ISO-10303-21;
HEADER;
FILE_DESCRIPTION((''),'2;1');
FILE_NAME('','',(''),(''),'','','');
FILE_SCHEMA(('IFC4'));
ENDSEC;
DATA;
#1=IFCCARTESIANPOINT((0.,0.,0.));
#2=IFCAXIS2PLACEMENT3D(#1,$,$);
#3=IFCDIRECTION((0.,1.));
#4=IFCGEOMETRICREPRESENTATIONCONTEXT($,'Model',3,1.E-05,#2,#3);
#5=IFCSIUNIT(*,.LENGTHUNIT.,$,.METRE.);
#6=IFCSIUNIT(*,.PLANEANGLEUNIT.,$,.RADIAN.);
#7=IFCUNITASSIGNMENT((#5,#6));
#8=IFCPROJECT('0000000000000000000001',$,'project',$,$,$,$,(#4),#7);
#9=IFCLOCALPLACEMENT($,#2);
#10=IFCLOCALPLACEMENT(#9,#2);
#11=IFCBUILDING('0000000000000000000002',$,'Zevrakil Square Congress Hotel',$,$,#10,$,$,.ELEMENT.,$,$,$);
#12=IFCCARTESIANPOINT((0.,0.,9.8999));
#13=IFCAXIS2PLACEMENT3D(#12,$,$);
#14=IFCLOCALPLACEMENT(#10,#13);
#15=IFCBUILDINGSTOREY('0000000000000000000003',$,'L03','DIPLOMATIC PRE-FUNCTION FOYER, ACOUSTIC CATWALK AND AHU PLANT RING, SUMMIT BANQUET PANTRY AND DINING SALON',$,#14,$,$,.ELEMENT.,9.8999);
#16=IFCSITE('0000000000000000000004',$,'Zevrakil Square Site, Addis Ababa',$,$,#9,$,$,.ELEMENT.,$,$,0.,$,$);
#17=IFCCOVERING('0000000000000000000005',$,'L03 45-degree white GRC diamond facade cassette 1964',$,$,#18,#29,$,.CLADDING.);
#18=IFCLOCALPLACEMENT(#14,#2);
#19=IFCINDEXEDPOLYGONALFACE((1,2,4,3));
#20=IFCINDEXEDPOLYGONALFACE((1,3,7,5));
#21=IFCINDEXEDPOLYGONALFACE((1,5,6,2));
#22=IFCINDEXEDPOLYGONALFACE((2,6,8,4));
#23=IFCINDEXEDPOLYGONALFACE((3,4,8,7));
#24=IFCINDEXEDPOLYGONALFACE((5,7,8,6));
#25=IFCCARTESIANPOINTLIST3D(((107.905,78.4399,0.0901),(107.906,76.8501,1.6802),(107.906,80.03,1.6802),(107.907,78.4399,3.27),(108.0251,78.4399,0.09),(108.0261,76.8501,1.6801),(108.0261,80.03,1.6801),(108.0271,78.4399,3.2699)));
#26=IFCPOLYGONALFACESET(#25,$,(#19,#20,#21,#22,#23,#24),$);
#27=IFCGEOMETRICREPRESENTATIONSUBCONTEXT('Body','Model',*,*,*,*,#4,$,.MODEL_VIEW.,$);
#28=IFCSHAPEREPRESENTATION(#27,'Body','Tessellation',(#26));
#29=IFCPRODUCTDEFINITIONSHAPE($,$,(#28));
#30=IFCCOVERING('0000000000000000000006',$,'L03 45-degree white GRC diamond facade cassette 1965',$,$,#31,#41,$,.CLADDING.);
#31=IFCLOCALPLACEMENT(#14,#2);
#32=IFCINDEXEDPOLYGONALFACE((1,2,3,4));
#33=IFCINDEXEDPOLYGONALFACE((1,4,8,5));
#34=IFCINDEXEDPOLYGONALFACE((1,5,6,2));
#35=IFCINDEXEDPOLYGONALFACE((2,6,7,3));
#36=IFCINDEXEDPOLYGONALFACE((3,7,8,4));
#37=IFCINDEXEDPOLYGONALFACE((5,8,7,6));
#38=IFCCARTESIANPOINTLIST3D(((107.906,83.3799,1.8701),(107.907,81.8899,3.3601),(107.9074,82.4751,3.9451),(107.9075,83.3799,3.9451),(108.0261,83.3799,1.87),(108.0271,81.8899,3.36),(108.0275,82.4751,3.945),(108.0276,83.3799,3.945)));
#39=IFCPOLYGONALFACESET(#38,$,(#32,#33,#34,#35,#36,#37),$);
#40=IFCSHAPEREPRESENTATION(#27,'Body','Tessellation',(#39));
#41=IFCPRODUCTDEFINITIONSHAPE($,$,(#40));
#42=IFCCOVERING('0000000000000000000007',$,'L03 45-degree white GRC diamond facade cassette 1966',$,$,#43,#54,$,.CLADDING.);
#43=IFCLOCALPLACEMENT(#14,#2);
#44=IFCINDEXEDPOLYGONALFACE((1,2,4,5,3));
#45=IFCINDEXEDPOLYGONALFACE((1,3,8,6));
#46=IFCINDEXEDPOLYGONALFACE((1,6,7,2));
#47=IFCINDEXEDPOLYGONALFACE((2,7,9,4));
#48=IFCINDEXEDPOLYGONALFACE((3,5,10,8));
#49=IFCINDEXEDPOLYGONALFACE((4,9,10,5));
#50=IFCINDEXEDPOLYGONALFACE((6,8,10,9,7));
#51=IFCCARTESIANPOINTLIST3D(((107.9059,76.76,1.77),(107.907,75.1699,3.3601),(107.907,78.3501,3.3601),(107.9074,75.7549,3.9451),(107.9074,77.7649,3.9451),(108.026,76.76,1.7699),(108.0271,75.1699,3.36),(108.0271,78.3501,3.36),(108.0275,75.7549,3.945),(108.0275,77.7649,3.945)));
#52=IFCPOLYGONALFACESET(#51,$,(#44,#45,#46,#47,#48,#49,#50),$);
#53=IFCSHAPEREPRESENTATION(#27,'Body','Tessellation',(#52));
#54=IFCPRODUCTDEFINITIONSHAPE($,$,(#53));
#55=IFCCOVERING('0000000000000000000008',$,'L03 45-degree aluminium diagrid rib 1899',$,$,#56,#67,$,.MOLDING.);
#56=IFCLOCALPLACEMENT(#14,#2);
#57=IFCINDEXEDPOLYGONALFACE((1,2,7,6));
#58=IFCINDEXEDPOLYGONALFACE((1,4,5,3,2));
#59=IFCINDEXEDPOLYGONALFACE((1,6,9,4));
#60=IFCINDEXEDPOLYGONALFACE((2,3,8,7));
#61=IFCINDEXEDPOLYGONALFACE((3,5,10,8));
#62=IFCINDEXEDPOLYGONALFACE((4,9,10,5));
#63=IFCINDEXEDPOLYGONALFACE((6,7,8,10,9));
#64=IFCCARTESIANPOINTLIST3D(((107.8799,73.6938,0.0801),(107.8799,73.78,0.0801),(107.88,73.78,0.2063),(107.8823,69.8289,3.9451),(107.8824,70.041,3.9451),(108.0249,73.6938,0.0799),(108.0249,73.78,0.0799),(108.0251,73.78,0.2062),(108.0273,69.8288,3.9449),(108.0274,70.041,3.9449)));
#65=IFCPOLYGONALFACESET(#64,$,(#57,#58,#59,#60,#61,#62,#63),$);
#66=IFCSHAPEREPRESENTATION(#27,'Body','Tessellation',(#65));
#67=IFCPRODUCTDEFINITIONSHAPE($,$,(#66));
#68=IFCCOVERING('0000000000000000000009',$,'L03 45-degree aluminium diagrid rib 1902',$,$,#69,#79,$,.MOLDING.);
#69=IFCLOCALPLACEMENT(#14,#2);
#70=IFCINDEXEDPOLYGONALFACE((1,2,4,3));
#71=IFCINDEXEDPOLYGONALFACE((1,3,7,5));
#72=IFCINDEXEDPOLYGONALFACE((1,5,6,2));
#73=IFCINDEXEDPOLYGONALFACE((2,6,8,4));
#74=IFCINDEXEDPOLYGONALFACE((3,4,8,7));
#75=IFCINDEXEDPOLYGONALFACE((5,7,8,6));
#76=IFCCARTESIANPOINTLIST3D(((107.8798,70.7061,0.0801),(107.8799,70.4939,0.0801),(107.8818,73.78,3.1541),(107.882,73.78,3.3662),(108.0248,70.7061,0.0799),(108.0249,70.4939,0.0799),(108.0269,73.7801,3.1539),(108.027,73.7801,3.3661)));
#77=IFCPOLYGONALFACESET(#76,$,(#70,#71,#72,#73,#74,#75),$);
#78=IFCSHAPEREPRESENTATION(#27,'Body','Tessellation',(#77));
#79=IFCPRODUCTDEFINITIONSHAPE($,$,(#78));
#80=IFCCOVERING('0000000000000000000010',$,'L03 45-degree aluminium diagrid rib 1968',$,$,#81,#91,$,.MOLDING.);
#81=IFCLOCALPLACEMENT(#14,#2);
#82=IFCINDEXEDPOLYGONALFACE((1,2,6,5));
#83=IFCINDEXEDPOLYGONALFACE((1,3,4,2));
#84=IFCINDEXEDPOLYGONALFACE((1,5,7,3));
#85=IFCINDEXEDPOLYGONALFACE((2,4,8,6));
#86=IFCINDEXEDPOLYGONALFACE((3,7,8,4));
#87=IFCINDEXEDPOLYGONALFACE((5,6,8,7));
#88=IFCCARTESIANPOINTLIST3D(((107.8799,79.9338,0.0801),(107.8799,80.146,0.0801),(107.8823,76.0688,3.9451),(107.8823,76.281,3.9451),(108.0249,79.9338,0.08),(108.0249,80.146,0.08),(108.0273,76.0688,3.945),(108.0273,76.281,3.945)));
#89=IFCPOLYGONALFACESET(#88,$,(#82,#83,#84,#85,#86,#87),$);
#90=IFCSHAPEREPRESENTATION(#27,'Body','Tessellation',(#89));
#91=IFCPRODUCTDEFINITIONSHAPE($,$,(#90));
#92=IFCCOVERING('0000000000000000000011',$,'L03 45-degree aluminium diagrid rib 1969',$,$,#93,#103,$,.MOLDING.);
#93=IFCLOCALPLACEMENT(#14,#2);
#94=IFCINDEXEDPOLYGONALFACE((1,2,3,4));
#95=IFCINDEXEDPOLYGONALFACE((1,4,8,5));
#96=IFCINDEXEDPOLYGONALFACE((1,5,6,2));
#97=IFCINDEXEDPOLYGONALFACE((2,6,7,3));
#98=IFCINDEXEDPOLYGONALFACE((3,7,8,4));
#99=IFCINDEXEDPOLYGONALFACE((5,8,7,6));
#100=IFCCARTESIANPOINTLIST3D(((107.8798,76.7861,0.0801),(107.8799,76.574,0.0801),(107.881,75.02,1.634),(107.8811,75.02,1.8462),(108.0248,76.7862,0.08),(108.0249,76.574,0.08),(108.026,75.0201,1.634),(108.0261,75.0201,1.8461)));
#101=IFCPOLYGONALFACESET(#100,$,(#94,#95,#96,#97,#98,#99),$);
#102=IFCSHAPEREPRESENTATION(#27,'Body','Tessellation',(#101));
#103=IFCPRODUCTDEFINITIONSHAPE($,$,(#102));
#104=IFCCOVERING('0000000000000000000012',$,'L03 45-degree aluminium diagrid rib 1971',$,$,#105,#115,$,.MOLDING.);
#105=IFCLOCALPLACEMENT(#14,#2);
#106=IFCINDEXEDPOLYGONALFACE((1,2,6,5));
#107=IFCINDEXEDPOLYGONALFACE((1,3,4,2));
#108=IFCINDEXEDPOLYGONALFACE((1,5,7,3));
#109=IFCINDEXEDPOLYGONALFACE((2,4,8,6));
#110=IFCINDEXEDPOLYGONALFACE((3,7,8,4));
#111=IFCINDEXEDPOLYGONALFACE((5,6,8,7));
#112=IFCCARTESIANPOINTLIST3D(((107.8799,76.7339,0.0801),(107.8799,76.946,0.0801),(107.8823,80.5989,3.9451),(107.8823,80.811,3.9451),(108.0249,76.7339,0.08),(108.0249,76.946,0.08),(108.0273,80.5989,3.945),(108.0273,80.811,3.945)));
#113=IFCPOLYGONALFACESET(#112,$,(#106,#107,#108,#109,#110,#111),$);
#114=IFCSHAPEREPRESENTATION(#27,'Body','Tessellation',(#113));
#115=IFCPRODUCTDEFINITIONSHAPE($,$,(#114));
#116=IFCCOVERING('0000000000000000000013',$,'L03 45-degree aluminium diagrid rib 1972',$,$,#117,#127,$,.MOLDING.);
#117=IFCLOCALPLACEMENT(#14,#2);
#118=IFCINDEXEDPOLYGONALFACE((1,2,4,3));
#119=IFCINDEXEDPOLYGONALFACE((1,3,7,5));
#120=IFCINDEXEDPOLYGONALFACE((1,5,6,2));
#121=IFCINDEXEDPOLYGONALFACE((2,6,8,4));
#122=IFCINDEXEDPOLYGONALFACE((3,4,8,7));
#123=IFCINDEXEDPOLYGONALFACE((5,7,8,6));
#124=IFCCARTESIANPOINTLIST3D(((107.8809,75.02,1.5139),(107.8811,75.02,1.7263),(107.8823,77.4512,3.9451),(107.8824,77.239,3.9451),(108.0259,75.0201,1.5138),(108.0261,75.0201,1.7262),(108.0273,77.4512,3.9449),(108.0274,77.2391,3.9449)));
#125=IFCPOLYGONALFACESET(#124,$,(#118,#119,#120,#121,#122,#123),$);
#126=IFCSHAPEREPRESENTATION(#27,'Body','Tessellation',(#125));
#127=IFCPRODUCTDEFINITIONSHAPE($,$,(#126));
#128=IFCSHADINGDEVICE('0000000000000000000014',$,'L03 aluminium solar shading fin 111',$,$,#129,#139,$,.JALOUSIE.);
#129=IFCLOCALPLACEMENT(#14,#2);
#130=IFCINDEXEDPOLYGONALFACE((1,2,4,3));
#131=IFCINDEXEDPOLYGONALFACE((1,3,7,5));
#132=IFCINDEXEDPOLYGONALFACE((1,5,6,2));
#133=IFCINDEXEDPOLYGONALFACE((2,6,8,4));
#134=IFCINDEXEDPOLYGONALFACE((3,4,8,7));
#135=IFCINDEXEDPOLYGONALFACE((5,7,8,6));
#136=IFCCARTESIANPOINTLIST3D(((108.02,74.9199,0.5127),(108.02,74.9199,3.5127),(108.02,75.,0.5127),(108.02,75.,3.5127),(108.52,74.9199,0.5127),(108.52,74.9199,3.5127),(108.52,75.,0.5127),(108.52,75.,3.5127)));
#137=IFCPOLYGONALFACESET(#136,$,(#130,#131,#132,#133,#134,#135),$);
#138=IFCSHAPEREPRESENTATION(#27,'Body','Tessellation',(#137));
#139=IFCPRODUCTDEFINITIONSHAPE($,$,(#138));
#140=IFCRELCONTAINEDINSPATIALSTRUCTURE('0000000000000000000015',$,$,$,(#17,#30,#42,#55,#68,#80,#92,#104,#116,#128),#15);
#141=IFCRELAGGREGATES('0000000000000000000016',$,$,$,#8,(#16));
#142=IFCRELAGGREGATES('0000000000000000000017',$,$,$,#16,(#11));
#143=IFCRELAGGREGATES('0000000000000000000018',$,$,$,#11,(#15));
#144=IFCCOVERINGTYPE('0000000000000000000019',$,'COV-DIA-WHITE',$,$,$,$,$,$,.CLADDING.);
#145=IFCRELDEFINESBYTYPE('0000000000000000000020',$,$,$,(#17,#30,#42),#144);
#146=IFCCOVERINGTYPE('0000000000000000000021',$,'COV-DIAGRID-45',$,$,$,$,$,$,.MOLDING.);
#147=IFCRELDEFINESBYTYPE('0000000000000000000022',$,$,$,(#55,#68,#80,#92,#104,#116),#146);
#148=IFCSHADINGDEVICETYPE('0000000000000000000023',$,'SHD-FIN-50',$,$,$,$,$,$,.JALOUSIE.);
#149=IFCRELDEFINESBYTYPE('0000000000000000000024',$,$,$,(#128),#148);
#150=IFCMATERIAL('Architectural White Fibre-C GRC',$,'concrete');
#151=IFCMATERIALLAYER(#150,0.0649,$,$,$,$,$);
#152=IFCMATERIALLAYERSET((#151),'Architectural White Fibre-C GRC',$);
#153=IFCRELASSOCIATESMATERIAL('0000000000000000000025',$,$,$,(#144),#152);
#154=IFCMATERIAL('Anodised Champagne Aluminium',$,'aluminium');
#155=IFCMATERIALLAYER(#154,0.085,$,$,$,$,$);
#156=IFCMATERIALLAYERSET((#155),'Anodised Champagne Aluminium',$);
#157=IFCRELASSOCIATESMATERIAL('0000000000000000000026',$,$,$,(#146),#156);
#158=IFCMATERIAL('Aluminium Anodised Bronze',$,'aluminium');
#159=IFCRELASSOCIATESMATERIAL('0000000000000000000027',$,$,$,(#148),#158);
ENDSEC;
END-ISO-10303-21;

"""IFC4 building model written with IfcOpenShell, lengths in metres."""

from ifc_helpers import new_model, si_unit, direction, frame, origin, origin_2d, place, context, subcontext, project, spatial, polyline, rectangle, outline, extrude, material, layer, layer_set, type_object, element, save


model = new_model("IFC4")

# Units and contexts
model_context = context("Model", 3, precision=1e-05, world=origin(), true_north=direction((0.0, 1.0)))
body_context = subcontext(model_context, "Body", "Model", "MODEL_VIEW")
ifc_project = project(units=[si_unit("LENGTHUNIT", "METRE"), si_unit("PLANEANGLEUNIT", "RADIAN")], contexts=[model_context])

# Site, building, storey
site_placement = place(None, origin())
site = spatial("IfcSite", under=ifc_project, at=site_placement, Name="Zevrakil Square Site, Addis Ababa", CompositionType="ELEMENT", RefElevation=0.0)
building_placement = place(site_placement, origin())
building = spatial("IfcBuilding", under=site, at=building_placement, Name="Zevrakil Square Congress Hotel", CompositionType="ELEMENT")
storey_placement = place(building_placement, frame((0.0, 0.0, 9.8999)))
storey = spatial("IfcBuildingStorey", under=building, at=storey_placement, Name="L03", Description="DIPLOMATIC PRE-FUNCTION FOYER, ACOUSTIC CATWALK AND AHU PLANT RING, SUMMIT BANQUET PANTRY AND DINING SALON", CompositionType="ELEMENT", Elevation=9.8999)

# Coverings
ifc_material_1 = material(Name="Architectural White Fibre-C GRC", Category="concrete")
ifc_layer_1 = layer(ifc_material_1, 0.0649)
ifc_layer_set_1 = layer_set([ifc_layer_1], Name="Architectural White Fibre-C GRC")
covering_type_1 = type_object("IfcCoveringType", Name="COV-DIA-WHITE", PredefinedType="CLADDING", material=ifc_layer_set_1)
covering_1_placement = place(storey_placement, frame((107.907, 78.4399, 3.27), z_axis=(-1.0, 0.0, 0.000614), x_axis=(-0.000434, -0.707107, -0.707107)))
element("IfcCovering", 1, at=covering_1_placement, inside=storey, type_object=covering_type_1, Name="L03 45-degree white GRC diamond facade cassette 1964", PredefinedType="CLADDING", context=body_context, shape_type="SweptSolid", body=[
    extrude(outline(polyline([(0.0, 0.0), (2.2484, 0.0), (2.2486, -2.2486), (-0.0002, -2.2486), (0.0, 0.0)])), origin(), (0.0, 0.0, -1.0), 0.1201),
])
covering_2_placement = place(storey_placement, frame((107.907, 81.8899, 3.3601), z_axis=(-1.0, 0.000043, 0.000725), x_axis=(-0.000482, 0.707107, -0.707107)))
element("IfcCovering", 2, at=covering_2_placement, inside=storey, type_object=covering_type_1, Name="L03 45-degree white GRC diamond facade cassette 1965", PredefinedType="CLADDING", context=body_context, shape_type="SweptSolid", body=[
    extrude(outline(polyline([(0.0, 0.0), (2.1072, 0.0), (0.64, -1.4672), (0.0002, -0.8274), (0.0, 0.0)])), origin(), (0.0, 0.0, -1.0), 0.1201),
])
covering_3_placement = place(storey_placement, frame((107.907, 75.1699, 3.3601), z_axis=(-1.0, 0.0, 0.000697), x_axis=(-0.000493, 0.707107, -0.707107)))
element("IfcCovering", 3, at=covering_3_placement, inside=storey, type_object=covering_type_1, Name="L03 45-degree white GRC diamond facade cassette 1966", PredefinedType="CLADDING", context=body_context, shape_type="SweptSolid", body=[
    extrude(outline(polyline([(0.0, 0.0), (2.2487, 0.0), (2.2487, -2.2487), (1.4213, -2.2486), (0.0, -0.8273), (0.0, 0.0)])), origin(), (0.0, 0.0, -1.0), 0.1201),
])
ifc_material_2 = material(Name="Anodised Champagne Aluminium", Category="aluminium")
ifc_layer_2 = layer(ifc_material_2, 0.085)
ifc_layer_set_2 = layer_set([ifc_layer_2], Name="Anodised Champagne Aluminium")
covering_type_2 = type_object("IfcCoveringType", Name="COV-DIAGRID-45", PredefinedType="MOLDING", material=ifc_layer_set_2)
covering_4_placement = place(storey_placement, frame((107.8799, 73.6938, 0.0801), z_axis=(-0.999999, 0.000391, 0.00101), x_axis=(0.000391, 1.0, 0.0)))
element("IfcCovering", 4, at=covering_4_placement, inside=storey, type_object=covering_type_2, Name="L03 45-degree aluminium diagrid rib 1899", PredefinedType="MOLDING", context=body_context, shape_type="SweptSolid", body=[
    extrude(outline(polyline([(0.0, 0.0), (0.0862, 0.0), (0.0862, -0.1262), (-3.6528, -3.865), (-3.865, -3.865), (0.0, 0.0)])), origin(), (0.0, 0.0, -1.0), 0.145),
])
covering_5_placement = place(storey_placement, frame((107.8818, 73.78, 3.1541), z_axis=(-1.0, -0.000249, 0.000902), x_axis=(0.000902, 0.0, 1.0)))
element("IfcCovering", 5, at=covering_5_placement, inside=storey, type_object=covering_type_2, Name="L03 45-degree aluminium diagrid rib 1902", PredefinedType="MOLDING", context=body_context, shape_type="SweptSolid", body=[
    extrude(outline(polyline([(0.0, 0.0), (0.2122, 0.0), (-3.074, -3.2861), (-3.074, -3.074), (0.0, 0.0)])), origin(), (0.0, 0.0, -1.0), 0.145),
])
covering_6_placement = place(storey_placement, frame((107.8799, 79.9338, 0.0801), z_axis=(-1.0, 0.0, 0.000632), x_axis=(0.0, 1.0, 0.0)))
element("IfcCovering", 6, at=covering_6_placement, inside=storey, type_object=covering_type_2, Name="L03 45-degree aluminium diagrid rib 1968", PredefinedType="MOLDING", context=body_context, shape_type="SweptSolid", body=[
    extrude(outline(polyline([(0.0, 0.0), (0.2122, 0.0), (-3.6528, -3.865), (-3.865, -3.865), (0.0, 0.0)])), origin(), (0.0, 0.0, -1.0), 0.145),
])
covering_7_placement = place(storey_placement, frame((107.8799, 76.574, 0.0801), z_axis=(-1.0, -0.000368, 0.000368), x_axis=(-0.000368, 1.0, 0.0)))
element("IfcCovering", 7, at=covering_7_placement, inside=storey, type_object=covering_type_2, Name="L03 45-degree aluminium diagrid rib 1969", PredefinedType="MOLDING", context=body_context, shape_type="SweptSolid", body=[
    extrude(outline(polyline([(0.0, 0.0), (0.2122, 0.0), (-1.554, -1.7661), (-1.554, -1.554), (0.0, 0.0)])), origin(), (0.0, 0.0, -1.0), 0.145),
])
covering_8_placement = place(storey_placement, frame((107.8823, 80.811, 3.9451), z_axis=(-1.0, 0.0, 0.000632), x_axis=(0.0, -1.0, 0.0)))
element("IfcCovering", 8, at=covering_8_placement, inside=storey, type_object=covering_type_2, Name="L03 45-degree aluminium diagrid rib 1971", PredefinedType="MOLDING", context=body_context, shape_type="SweptSolid", body=[
    extrude(outline(polyline([(0.0, 0.0), (0.2122, 0.0), (4.0771, -3.865), (3.865, -3.865), (0.0, 0.0)])), origin(), (0.0, 0.0, -1.0), 0.145),
])
covering_9_placement = place(storey_placement, frame((107.8823, 77.4512, 3.9451), z_axis=(-1.0, -0.000286, 0.000864), x_axis=(0.000286, -1.0, 0.0)))
element("IfcCovering", 9, at=covering_9_placement, inside=storey, type_object=covering_type_2, Name="L03 45-degree aluminium diagrid rib 1972", PredefinedType="MOLDING", context=body_context, shape_type="SweptSolid", body=[
    extrude(outline(polyline([(0.0, 0.0), (0.2122, 0.0), (2.4312, -2.2188), (2.4312, -2.4312), (0.0, 0.0)])), origin(), (0.0, 0.0, -1.0), 0.145),
])

# Shading device
ifc_material_3 = material(Name="Aluminium Anodised Bronze", Category="aluminium")
shading_device_type = type_object("IfcShadingDeviceType", Name="SHD-FIN-50", PredefinedType="JALOUSIE", material=ifc_material_3)
shading_device_placement = place(storey_placement, frame((108.27, 74.96, 0.5127), z_axis=(0.0, 0.0, 1.0), x_axis=(1.0, 0.0, 0.0)))
element("IfcShadingDevice", 10, at=shading_device_placement, inside=storey, type_object=shading_device_type, Name="L03 aluminium solar shading fin 111", PredefinedType="JALOUSIE", context=body_context, shape_type="SweptSolid", body=[
    extrude(rectangle(XDim=0.5, YDim=0.0801, at=origin_2d()), origin(), (0.0, 0.0, 1.0), 3.0),
])

save(model, "model.ifc")
